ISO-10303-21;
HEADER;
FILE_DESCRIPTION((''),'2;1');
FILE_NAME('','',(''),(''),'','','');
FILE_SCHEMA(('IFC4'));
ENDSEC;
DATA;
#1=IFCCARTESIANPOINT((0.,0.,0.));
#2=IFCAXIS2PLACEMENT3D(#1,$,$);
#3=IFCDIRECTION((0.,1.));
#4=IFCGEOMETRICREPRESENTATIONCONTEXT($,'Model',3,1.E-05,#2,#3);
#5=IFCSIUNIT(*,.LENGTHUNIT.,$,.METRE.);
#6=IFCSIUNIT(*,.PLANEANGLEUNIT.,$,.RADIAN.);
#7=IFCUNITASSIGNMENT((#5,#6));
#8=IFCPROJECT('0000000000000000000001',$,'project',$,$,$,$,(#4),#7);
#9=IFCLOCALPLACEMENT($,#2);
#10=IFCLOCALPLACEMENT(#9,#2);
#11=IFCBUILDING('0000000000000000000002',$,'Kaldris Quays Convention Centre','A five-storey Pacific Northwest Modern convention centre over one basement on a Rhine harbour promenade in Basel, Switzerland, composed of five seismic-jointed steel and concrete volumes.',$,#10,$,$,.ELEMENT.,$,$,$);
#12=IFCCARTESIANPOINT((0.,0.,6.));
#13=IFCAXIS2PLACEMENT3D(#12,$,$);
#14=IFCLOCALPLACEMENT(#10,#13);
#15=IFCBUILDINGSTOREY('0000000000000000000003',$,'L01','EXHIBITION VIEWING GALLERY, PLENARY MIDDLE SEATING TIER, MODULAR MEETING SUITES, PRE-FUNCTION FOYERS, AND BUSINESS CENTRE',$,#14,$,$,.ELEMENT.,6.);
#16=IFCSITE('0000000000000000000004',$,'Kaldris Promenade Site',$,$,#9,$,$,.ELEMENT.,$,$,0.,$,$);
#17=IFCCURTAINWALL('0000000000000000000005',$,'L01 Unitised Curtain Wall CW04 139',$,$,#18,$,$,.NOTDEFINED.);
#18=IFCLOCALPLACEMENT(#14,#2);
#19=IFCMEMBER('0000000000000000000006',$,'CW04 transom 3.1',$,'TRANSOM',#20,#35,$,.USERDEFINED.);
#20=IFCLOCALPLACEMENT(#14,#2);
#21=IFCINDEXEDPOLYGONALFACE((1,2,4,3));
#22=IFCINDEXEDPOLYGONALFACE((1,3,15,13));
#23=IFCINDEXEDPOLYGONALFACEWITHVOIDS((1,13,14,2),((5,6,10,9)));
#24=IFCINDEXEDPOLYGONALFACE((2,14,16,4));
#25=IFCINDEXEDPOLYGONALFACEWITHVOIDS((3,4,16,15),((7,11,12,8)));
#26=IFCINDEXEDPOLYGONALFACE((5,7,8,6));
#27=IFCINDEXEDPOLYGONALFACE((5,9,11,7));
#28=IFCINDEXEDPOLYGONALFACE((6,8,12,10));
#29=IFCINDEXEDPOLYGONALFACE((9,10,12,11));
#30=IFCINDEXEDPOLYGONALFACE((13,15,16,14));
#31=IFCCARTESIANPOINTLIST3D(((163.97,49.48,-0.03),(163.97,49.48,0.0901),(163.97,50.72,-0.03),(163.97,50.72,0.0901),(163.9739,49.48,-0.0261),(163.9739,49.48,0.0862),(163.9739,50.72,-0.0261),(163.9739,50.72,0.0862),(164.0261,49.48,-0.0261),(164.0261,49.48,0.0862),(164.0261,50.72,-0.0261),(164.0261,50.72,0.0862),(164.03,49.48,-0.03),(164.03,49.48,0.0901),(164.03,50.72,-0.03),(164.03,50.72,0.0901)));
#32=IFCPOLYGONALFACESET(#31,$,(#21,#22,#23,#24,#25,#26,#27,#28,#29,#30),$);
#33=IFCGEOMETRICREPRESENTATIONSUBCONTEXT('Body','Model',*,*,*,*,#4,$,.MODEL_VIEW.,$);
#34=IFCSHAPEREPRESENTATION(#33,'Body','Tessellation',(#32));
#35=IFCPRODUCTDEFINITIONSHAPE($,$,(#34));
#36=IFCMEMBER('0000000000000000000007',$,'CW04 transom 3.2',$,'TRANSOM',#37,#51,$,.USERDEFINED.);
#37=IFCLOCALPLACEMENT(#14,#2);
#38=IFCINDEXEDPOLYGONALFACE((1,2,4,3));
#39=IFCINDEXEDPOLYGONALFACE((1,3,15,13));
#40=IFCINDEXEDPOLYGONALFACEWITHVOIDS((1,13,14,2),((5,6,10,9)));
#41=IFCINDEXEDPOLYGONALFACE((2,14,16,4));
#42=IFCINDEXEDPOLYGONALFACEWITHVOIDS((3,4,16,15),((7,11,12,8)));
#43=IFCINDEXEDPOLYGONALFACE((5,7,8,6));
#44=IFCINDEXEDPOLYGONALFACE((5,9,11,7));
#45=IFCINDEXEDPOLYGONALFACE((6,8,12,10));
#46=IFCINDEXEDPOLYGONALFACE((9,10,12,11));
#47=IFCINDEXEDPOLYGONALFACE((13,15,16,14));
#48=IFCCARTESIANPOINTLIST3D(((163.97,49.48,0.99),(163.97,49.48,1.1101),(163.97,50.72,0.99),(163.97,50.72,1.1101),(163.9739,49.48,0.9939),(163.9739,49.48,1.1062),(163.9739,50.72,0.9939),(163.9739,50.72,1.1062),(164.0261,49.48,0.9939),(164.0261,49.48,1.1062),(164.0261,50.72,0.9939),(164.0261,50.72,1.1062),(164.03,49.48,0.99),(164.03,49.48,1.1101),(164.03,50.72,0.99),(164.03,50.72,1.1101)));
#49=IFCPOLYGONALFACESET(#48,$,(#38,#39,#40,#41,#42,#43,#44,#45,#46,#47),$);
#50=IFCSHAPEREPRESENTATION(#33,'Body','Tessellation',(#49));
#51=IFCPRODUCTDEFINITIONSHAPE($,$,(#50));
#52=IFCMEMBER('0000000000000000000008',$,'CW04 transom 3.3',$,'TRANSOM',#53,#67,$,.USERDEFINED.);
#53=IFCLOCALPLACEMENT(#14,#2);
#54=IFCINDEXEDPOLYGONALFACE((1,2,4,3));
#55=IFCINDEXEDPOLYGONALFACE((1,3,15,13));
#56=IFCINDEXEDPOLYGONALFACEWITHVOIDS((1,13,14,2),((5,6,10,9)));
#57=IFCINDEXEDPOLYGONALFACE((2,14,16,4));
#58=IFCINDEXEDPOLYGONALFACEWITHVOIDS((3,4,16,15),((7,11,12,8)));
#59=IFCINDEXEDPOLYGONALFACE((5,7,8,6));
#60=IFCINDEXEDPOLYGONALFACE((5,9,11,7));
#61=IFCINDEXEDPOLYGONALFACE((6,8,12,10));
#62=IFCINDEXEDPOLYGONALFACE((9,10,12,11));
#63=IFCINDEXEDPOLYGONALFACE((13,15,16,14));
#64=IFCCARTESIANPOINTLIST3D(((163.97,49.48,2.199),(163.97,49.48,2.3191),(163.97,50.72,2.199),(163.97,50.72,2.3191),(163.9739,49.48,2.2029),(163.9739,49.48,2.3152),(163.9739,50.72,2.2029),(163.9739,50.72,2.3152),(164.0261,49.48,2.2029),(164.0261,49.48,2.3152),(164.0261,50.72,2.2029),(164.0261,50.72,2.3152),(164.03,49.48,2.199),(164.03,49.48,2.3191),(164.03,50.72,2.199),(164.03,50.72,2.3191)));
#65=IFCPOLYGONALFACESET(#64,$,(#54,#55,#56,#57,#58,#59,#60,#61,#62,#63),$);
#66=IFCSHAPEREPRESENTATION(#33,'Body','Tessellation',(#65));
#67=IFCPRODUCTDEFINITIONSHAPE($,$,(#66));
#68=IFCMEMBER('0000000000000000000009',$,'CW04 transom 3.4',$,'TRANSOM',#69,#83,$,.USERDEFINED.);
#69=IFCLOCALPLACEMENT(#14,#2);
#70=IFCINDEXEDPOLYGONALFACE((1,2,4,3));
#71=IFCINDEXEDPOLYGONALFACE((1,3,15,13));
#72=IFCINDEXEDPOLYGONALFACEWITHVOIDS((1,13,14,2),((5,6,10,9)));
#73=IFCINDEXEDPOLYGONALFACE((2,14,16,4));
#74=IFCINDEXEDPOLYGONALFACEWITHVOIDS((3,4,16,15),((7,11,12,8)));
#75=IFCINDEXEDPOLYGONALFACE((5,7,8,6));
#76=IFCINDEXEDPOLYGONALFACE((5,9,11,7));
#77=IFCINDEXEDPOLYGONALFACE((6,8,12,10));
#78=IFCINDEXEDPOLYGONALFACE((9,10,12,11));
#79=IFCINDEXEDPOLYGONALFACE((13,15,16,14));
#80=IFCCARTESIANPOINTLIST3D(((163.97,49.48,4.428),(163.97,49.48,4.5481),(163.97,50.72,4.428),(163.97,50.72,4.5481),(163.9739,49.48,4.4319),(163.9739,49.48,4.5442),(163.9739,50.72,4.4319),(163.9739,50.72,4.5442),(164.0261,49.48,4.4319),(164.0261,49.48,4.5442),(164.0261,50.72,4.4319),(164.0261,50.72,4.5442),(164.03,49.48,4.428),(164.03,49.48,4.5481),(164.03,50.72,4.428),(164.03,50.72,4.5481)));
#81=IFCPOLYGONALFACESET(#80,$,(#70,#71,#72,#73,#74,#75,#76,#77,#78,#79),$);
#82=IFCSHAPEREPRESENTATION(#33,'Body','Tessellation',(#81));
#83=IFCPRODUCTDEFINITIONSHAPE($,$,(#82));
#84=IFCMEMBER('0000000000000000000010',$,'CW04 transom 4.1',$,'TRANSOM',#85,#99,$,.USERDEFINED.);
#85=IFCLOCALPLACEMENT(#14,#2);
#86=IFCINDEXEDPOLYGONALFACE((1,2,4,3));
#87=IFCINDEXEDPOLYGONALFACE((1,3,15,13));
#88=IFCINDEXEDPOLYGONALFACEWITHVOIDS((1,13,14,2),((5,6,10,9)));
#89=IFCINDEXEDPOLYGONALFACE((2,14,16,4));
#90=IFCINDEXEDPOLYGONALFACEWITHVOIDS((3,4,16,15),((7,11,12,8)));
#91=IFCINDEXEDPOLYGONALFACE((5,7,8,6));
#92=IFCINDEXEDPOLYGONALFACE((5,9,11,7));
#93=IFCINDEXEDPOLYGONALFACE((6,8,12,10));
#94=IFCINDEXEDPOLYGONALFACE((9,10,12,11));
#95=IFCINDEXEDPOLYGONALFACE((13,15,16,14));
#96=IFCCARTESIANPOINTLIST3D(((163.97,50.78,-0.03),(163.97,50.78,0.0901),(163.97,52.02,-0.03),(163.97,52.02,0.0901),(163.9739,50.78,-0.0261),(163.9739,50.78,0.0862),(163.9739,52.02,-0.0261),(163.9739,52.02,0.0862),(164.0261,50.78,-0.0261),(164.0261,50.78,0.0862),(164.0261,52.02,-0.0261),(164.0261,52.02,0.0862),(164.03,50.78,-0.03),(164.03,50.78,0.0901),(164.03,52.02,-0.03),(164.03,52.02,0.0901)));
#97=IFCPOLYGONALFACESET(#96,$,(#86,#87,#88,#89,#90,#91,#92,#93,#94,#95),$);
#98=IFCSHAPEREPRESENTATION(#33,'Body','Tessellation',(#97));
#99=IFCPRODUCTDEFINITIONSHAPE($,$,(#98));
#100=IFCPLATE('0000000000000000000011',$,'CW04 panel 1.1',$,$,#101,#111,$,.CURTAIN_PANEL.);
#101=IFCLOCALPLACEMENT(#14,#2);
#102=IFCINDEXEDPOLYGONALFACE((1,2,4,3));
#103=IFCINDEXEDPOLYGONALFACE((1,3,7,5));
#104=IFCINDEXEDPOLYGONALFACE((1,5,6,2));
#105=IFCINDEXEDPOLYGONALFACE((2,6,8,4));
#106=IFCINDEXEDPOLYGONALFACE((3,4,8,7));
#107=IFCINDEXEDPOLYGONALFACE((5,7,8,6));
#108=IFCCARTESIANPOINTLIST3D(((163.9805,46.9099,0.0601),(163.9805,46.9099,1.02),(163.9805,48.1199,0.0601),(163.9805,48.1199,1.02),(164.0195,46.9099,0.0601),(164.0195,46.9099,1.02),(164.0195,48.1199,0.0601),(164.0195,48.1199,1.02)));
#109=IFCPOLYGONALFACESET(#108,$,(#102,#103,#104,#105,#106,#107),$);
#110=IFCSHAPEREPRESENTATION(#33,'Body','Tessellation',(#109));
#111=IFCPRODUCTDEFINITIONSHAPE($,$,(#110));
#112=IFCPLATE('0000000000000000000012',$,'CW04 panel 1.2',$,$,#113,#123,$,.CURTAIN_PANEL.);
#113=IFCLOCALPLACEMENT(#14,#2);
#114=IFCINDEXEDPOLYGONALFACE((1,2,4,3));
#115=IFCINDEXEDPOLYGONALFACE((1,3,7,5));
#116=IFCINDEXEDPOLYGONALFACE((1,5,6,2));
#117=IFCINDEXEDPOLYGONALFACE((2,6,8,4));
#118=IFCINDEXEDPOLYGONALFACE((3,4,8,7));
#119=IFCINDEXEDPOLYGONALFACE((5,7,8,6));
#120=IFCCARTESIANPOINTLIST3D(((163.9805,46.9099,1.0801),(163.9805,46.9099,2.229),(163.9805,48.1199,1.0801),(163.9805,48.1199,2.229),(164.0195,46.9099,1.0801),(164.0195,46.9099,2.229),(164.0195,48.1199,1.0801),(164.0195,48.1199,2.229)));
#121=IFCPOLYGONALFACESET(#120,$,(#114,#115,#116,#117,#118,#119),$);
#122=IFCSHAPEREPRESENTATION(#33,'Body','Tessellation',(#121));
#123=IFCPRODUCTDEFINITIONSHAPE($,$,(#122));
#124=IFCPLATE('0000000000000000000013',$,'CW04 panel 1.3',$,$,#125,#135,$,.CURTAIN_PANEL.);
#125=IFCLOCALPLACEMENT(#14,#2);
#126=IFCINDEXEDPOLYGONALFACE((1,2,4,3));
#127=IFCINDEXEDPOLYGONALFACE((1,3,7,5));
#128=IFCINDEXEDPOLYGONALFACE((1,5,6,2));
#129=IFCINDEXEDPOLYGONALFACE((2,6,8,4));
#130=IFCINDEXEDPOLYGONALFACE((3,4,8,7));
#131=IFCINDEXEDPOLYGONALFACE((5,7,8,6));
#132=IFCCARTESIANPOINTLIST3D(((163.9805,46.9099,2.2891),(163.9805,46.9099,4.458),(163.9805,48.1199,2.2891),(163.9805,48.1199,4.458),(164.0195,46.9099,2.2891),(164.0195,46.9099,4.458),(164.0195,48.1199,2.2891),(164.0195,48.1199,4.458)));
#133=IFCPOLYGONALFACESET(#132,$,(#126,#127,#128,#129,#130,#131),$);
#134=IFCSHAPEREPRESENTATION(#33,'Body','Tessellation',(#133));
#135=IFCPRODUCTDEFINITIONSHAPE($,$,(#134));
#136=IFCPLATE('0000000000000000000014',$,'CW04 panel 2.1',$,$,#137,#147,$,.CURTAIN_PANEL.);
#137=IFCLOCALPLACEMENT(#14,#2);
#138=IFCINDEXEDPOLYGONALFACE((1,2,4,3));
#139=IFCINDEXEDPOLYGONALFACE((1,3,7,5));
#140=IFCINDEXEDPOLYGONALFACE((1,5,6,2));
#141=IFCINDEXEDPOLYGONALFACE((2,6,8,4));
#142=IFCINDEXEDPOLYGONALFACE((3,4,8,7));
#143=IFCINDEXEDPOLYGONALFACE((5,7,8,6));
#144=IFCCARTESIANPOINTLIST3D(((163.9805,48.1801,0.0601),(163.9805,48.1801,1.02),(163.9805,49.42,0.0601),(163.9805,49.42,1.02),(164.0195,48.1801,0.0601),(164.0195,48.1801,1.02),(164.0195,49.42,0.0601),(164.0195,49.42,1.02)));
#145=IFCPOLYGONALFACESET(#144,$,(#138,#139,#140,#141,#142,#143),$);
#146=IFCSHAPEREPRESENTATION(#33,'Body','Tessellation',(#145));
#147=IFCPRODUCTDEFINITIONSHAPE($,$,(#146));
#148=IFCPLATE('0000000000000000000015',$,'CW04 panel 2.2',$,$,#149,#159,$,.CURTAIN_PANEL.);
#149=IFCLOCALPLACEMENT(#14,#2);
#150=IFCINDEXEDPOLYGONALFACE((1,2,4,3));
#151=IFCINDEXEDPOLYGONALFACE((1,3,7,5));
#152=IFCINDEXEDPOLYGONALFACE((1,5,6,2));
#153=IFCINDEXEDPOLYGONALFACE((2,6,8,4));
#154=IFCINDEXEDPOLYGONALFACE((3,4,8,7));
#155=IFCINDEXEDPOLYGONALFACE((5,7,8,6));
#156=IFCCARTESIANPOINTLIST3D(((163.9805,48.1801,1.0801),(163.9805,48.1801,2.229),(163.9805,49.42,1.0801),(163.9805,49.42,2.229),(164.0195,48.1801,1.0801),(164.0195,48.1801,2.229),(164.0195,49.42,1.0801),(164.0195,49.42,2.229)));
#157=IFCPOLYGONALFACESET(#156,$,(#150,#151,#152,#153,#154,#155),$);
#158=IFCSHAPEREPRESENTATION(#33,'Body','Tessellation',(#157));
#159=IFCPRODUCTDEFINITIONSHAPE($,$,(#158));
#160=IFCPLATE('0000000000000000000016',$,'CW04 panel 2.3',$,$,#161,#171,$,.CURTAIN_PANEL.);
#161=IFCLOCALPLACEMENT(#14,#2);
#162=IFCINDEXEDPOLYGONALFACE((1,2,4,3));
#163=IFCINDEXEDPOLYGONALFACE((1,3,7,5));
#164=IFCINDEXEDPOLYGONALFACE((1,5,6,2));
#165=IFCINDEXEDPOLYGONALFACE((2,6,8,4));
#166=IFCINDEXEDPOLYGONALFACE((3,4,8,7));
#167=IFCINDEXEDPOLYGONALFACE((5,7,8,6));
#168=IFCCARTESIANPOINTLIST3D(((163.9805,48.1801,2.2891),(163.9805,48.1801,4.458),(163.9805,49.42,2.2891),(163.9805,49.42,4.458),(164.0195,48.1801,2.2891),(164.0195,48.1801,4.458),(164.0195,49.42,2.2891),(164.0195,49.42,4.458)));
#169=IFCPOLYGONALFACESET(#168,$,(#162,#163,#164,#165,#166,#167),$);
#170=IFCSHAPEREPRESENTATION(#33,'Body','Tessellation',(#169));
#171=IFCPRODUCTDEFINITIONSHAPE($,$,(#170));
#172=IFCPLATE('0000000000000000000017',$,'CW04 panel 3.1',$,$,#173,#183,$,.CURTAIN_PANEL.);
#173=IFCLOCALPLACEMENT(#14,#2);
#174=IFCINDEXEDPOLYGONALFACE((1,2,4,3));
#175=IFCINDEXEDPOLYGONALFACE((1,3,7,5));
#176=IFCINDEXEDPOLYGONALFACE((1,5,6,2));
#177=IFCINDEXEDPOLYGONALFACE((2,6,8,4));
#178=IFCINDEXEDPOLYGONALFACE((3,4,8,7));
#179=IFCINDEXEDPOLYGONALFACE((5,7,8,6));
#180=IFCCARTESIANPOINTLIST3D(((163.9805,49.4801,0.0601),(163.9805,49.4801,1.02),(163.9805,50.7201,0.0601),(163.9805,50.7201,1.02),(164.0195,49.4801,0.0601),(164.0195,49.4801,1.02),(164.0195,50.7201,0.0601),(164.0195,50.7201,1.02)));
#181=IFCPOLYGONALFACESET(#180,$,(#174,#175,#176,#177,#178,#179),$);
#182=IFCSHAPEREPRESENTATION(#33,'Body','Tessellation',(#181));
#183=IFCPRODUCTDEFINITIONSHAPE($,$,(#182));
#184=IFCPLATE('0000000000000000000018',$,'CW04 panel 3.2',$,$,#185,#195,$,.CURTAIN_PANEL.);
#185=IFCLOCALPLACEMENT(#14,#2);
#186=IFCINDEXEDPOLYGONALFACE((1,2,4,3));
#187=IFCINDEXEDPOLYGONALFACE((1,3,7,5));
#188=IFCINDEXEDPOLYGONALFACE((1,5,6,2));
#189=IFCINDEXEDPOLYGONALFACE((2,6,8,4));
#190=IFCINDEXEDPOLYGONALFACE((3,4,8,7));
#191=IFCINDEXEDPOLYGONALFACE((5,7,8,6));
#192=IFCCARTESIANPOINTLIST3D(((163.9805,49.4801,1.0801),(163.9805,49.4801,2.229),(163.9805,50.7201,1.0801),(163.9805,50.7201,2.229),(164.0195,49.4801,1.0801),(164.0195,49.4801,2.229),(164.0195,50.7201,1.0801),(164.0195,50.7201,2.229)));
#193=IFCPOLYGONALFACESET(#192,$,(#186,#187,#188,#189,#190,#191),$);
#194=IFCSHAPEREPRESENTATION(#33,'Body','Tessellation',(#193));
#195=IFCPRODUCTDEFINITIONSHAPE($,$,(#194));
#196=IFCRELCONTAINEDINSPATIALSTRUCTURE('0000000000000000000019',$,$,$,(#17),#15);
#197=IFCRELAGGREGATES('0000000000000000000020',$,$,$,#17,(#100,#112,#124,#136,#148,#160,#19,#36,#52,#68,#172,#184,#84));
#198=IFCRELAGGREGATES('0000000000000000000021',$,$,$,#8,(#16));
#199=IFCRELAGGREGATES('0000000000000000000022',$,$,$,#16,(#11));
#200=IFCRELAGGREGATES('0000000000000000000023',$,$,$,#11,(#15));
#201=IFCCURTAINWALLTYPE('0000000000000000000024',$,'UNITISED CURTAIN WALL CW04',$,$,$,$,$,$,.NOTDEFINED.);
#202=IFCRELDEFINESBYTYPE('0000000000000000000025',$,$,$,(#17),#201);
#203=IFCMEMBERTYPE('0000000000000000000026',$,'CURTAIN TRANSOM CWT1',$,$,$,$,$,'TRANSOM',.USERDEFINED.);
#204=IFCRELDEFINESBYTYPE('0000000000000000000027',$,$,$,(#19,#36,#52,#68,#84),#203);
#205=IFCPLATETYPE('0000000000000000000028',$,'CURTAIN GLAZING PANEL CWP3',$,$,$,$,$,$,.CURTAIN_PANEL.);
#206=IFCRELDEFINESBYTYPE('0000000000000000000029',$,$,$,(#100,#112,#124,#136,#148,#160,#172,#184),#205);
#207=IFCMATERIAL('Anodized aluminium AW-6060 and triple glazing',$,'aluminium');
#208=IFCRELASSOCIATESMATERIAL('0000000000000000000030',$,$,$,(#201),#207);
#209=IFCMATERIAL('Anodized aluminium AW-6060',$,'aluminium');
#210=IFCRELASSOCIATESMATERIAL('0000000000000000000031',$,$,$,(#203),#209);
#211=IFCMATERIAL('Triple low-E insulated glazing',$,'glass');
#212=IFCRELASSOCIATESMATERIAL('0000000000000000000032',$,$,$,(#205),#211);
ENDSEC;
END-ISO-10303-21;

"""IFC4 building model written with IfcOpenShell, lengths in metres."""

from ifc_helpers import new_model, si_unit, direction, frame, origin, origin_2d, place, context, subcontext, project, spatial, rectangle, hollow_rectangle, extrude, material, material_profile, profile_set, type_object, element, aggregate, save


model = new_model("IFC4")

# Units and contexts
model_context = context("Model", 3, precision=1e-05, world=origin(), true_north=direction((0.0, 1.0)))
body_context = subcontext(model_context, "Body", "Model", "MODEL_VIEW")
ifc_project = project(units=[si_unit("LENGTHUNIT", "METRE"), si_unit("PLANEANGLEUNIT", "RADIAN")], contexts=[model_context])

# Site, building, storey
site_placement = place(None, origin())
site = spatial("IfcSite", under=ifc_project, at=site_placement, Name="Kaldris Promenade Site", CompositionType="ELEMENT", RefElevation=0.0)
building_placement = place(site_placement, origin())
building = spatial("IfcBuilding", under=site, at=building_placement, Name="Kaldris Quays Convention Centre", Description="A five-storey Pacific Northwest Modern convention centre over one basement on a Rhine harbour promenade in Basel, Switzerland, composed of five seismic-jointed steel and concrete volumes.", CompositionType="ELEMENT")
storey_placement = place(building_placement, frame((0.0, 0.0, 6.0)))
storey = spatial("IfcBuildingStorey", under=building, at=storey_placement, Name="L01", Description="EXHIBITION VIEWING GALLERY, PLENARY MIDDLE SEATING TIER, MODULAR MEETING SUITES, PRE-FUNCTION FOYERS, AND BUSINESS CENTRE", CompositionType="ELEMENT", Elevation=6.0)

# Curtain wall, members, plates
ifc_material_1 = material(Name="Anodized aluminium AW-6060 and triple glazing", Category="aluminium")
curtain_wall_type = type_object("IfcCurtainWallType", Name="UNITISED CURTAIN WALL CW04", PredefinedType="NOTDEFINED", material=ifc_material_1)
curtain_wall_placement = place(storey_placement, origin())
curtain_wall = element("IfcCurtainWall", 1, at=curtain_wall_placement, inside=storey, type_object=curtain_wall_type, Name="L01 Unitised Curtain Wall CW04 139", PredefinedType="NOTDEFINED")
ifc_material_2 = material(Name="Anodized aluminium AW-6060", Category="aluminium")
ifc_material_profile_1 = material_profile(ifc_material_2, hollow_rectangle(XDim=0.0601, YDim=0.1201, WallThickness=0.0039, at=origin_2d()), Name="RHS 120x60x4")
ifc_profile_set_1 = profile_set([ifc_material_profile_1], Name="Anodized aluminium AW-6060")
member_type_1 = type_object("IfcMemberType", Name="CURTAIN TRANSOM CWT1", ElementType="TRANSOM", PredefinedType="USERDEFINED", material=ifc_profile_set_1)
member_1_placement = place(storey_placement, frame((164.0, 49.48, 0.03), z_axis=(0.0, 1.0, 0.0), x_axis=(-1.0, 0.0, 0.0)))
member_1 = element("IfcMember", 2, at=member_1_placement, type_object=member_type_1, Name="CW04 transom 3.1", ObjectType="TRANSOM", PredefinedType="USERDEFINED", context=body_context, shape_type="SweptSolid", body=[
    extrude(hollow_rectangle(XDim=0.0601, YDim=0.1201, WallThickness=0.0039, at=origin_2d()), origin(), (0.0, 0.0, 1.0), 1.24),
])
member_2_placement = place(storey_placement, frame((164.0, 49.48, 1.05), z_axis=(0.0, 1.0, 0.0), x_axis=(-1.0, 0.0, 0.0)))
member_2 = element("IfcMember", 3, at=member_2_placement, type_object=member_type_1, Name="CW04 transom 3.2", ObjectType="TRANSOM", PredefinedType="USERDEFINED", context=body_context, shape_type="SweptSolid", body=[
    extrude(hollow_rectangle(XDim=0.0601, YDim=0.1201, WallThickness=0.0039, at=origin_2d()), origin(), (0.0, 0.0, 1.0), 1.24),
])
member_3_placement = place(storey_placement, frame((164.0, 49.48, 2.259), z_axis=(0.0, 1.0, 0.0), x_axis=(-1.0, 0.0, 0.0)))
member_3 = element("IfcMember", 4, at=member_3_placement, type_object=member_type_1, Name="CW04 transom 3.3", ObjectType="TRANSOM", PredefinedType="USERDEFINED", context=body_context, shape_type="SweptSolid", body=[
    extrude(hollow_rectangle(XDim=0.0601, YDim=0.1201, WallThickness=0.0039, at=origin_2d()), origin(), (0.0, 0.0, 1.0), 1.24),
])
member_4_placement = place(storey_placement, frame((164.0, 49.48, 4.488), z_axis=(0.0, 1.0, 0.0), x_axis=(-1.0, 0.0, 0.0)))
member_4 = element("IfcMember", 5, at=member_4_placement, type_object=member_type_1, Name="CW04 transom 3.4", ObjectType="TRANSOM", PredefinedType="USERDEFINED", context=body_context, shape_type="SweptSolid", body=[
    extrude(hollow_rectangle(XDim=0.0601, YDim=0.1201, WallThickness=0.0039, at=origin_2d()), origin(), (0.0, 0.0, 1.0), 1.24),
])
member_5_placement = place(storey_placement, frame((164.0, 50.78, 0.03), z_axis=(0.0, 1.0, 0.0), x_axis=(-1.0, 0.0, 0.0)))
member_5 = element("IfcMember", 6, at=member_5_placement, type_object=member_type_1, Name="CW04 transom 4.1", ObjectType="TRANSOM", PredefinedType="USERDEFINED", context=body_context, shape_type="SweptSolid", body=[
    extrude(hollow_rectangle(XDim=0.0601, YDim=0.1201, WallThickness=0.0039, at=origin_2d()), origin(), (0.0, 0.0, 1.0), 1.24),
])
ifc_material_3 = material(Name="Triple low-E insulated glazing", Category="glass")
plate_type = type_object("IfcPlateType", Name="CURTAIN GLAZING PANEL CWP3", PredefinedType="CURTAIN_PANEL", material=ifc_material_3)
plate_1_placement = place(storey_placement, frame((164.0, 47.5149, 0.0601), z_axis=(0.0, 0.0, 1.0), x_axis=(0.0, 1.0, 0.0)))
plate_1 = element("IfcPlate", 7, at=plate_1_placement, type_object=plate_type, Name="CW04 panel 1.1", PredefinedType="CURTAIN_PANEL", context=body_context, shape_type="SweptSolid", body=[
    extrude(rectangle(XDim=1.21, YDim=0.0391, at=origin_2d()), origin(), (0.0, 0.0, 1.0), 0.96),
])
plate_2_placement = place(storey_placement, frame((164.0, 47.5149, 1.0801), z_axis=(0.0, 0.0, 1.0), x_axis=(0.0, 1.0, 0.0)))
plate_2 = element("IfcPlate", 8, at=plate_2_placement, type_object=plate_type, Name="CW04 panel 1.2", PredefinedType="CURTAIN_PANEL", context=body_context, shape_type="SweptSolid", body=[
    extrude(rectangle(XDim=1.21, YDim=0.0391, at=origin_2d()), origin(), (0.0, 0.0, 1.0), 1.1489),
])
plate_3_placement = place(storey_placement, frame((164.0, 47.5149, 2.2891), z_axis=(0.0, 0.0, 1.0), x_axis=(0.0, 1.0, 0.0)))
plate_3 = element("IfcPlate", 9, at=plate_3_placement, type_object=plate_type, Name="CW04 panel 1.3", PredefinedType="CURTAIN_PANEL", context=body_context, shape_type="SweptSolid", body=[
    extrude(rectangle(XDim=1.21, YDim=0.0391, at=origin_2d()), origin(), (0.0, 0.0, 1.0), 2.1689),
])
plate_4_placement = place(storey_placement, frame((164.0, 48.8, 0.0601), z_axis=(0.0, 0.0, 1.0), x_axis=(0.0, 1.0, 0.0)))
plate_4 = element("IfcPlate", 10, at=plate_4_placement, type_object=plate_type, Name="CW04 panel 2.1", PredefinedType="CURTAIN_PANEL", context=body_context, shape_type="SweptSolid", body=[
    extrude(rectangle(XDim=1.24, YDim=0.0391, at=origin_2d()), origin(), (0.0, 0.0, 1.0), 0.96),
])
plate_5_placement = place(storey_placement, frame((164.0, 48.8, 1.0801), z_axis=(0.0, 0.0, 1.0), x_axis=(0.0, 1.0, 0.0)))
plate_5 = element("IfcPlate", 11, at=plate_5_placement, type_object=plate_type, Name="CW04 panel 2.2", PredefinedType="CURTAIN_PANEL", context=body_context, shape_type="SweptSolid", body=[
    extrude(rectangle(XDim=1.24, YDim=0.0391, at=origin_2d()), origin(), (0.0, 0.0, 1.0), 1.1489),
])
plate_6_placement = place(storey_placement, frame((164.0, 48.8, 2.2891), z_axis=(0.0, 0.0, 1.0), x_axis=(0.0, 1.0, 0.0)))
plate_6 = element("IfcPlate", 12, at=plate_6_placement, type_object=plate_type, Name="CW04 panel 2.3", PredefinedType="CURTAIN_PANEL", context=body_context, shape_type="SweptSolid", body=[
    extrude(rectangle(XDim=1.24, YDim=0.0391, at=origin_2d()), origin(), (0.0, 0.0, 1.0), 2.1689),
])
plate_7_placement = place(storey_placement, frame((164.0, 50.1001, 0.0601), z_axis=(0.0, 0.0, 1.0), x_axis=(0.0, 1.0, 0.0)))
plate_7 = element("IfcPlate", 13, at=plate_7_placement, type_object=plate_type, Name="CW04 panel 3.1", PredefinedType="CURTAIN_PANEL", context=body_context, shape_type="SweptSolid", body=[
    extrude(rectangle(XDim=1.24, YDim=0.0391, at=origin_2d()), origin(), (0.0, 0.0, 1.0), 0.96),
])
plate_8_placement = place(storey_placement, frame((164.0, 50.1001, 1.0801), z_axis=(0.0, 0.0, 1.0), x_axis=(0.0, 1.0, 0.0)))
plate_8 = element("IfcPlate", 14, at=plate_8_placement, type_object=plate_type, Name="CW04 panel 3.2", PredefinedType="CURTAIN_PANEL", context=body_context, shape_type="SweptSolid", body=[
    extrude(rectangle(XDim=1.24, YDim=0.0391, at=origin_2d()), origin(), (0.0, 0.0, 1.0), 1.1489),
])
aggregate(curtain_wall, [plate_1, plate_2, plate_3, plate_4, plate_5, plate_6, member_1, member_2, member_3, member_4, plate_7, plate_8, member_5])

save(model, "model.ifc")
